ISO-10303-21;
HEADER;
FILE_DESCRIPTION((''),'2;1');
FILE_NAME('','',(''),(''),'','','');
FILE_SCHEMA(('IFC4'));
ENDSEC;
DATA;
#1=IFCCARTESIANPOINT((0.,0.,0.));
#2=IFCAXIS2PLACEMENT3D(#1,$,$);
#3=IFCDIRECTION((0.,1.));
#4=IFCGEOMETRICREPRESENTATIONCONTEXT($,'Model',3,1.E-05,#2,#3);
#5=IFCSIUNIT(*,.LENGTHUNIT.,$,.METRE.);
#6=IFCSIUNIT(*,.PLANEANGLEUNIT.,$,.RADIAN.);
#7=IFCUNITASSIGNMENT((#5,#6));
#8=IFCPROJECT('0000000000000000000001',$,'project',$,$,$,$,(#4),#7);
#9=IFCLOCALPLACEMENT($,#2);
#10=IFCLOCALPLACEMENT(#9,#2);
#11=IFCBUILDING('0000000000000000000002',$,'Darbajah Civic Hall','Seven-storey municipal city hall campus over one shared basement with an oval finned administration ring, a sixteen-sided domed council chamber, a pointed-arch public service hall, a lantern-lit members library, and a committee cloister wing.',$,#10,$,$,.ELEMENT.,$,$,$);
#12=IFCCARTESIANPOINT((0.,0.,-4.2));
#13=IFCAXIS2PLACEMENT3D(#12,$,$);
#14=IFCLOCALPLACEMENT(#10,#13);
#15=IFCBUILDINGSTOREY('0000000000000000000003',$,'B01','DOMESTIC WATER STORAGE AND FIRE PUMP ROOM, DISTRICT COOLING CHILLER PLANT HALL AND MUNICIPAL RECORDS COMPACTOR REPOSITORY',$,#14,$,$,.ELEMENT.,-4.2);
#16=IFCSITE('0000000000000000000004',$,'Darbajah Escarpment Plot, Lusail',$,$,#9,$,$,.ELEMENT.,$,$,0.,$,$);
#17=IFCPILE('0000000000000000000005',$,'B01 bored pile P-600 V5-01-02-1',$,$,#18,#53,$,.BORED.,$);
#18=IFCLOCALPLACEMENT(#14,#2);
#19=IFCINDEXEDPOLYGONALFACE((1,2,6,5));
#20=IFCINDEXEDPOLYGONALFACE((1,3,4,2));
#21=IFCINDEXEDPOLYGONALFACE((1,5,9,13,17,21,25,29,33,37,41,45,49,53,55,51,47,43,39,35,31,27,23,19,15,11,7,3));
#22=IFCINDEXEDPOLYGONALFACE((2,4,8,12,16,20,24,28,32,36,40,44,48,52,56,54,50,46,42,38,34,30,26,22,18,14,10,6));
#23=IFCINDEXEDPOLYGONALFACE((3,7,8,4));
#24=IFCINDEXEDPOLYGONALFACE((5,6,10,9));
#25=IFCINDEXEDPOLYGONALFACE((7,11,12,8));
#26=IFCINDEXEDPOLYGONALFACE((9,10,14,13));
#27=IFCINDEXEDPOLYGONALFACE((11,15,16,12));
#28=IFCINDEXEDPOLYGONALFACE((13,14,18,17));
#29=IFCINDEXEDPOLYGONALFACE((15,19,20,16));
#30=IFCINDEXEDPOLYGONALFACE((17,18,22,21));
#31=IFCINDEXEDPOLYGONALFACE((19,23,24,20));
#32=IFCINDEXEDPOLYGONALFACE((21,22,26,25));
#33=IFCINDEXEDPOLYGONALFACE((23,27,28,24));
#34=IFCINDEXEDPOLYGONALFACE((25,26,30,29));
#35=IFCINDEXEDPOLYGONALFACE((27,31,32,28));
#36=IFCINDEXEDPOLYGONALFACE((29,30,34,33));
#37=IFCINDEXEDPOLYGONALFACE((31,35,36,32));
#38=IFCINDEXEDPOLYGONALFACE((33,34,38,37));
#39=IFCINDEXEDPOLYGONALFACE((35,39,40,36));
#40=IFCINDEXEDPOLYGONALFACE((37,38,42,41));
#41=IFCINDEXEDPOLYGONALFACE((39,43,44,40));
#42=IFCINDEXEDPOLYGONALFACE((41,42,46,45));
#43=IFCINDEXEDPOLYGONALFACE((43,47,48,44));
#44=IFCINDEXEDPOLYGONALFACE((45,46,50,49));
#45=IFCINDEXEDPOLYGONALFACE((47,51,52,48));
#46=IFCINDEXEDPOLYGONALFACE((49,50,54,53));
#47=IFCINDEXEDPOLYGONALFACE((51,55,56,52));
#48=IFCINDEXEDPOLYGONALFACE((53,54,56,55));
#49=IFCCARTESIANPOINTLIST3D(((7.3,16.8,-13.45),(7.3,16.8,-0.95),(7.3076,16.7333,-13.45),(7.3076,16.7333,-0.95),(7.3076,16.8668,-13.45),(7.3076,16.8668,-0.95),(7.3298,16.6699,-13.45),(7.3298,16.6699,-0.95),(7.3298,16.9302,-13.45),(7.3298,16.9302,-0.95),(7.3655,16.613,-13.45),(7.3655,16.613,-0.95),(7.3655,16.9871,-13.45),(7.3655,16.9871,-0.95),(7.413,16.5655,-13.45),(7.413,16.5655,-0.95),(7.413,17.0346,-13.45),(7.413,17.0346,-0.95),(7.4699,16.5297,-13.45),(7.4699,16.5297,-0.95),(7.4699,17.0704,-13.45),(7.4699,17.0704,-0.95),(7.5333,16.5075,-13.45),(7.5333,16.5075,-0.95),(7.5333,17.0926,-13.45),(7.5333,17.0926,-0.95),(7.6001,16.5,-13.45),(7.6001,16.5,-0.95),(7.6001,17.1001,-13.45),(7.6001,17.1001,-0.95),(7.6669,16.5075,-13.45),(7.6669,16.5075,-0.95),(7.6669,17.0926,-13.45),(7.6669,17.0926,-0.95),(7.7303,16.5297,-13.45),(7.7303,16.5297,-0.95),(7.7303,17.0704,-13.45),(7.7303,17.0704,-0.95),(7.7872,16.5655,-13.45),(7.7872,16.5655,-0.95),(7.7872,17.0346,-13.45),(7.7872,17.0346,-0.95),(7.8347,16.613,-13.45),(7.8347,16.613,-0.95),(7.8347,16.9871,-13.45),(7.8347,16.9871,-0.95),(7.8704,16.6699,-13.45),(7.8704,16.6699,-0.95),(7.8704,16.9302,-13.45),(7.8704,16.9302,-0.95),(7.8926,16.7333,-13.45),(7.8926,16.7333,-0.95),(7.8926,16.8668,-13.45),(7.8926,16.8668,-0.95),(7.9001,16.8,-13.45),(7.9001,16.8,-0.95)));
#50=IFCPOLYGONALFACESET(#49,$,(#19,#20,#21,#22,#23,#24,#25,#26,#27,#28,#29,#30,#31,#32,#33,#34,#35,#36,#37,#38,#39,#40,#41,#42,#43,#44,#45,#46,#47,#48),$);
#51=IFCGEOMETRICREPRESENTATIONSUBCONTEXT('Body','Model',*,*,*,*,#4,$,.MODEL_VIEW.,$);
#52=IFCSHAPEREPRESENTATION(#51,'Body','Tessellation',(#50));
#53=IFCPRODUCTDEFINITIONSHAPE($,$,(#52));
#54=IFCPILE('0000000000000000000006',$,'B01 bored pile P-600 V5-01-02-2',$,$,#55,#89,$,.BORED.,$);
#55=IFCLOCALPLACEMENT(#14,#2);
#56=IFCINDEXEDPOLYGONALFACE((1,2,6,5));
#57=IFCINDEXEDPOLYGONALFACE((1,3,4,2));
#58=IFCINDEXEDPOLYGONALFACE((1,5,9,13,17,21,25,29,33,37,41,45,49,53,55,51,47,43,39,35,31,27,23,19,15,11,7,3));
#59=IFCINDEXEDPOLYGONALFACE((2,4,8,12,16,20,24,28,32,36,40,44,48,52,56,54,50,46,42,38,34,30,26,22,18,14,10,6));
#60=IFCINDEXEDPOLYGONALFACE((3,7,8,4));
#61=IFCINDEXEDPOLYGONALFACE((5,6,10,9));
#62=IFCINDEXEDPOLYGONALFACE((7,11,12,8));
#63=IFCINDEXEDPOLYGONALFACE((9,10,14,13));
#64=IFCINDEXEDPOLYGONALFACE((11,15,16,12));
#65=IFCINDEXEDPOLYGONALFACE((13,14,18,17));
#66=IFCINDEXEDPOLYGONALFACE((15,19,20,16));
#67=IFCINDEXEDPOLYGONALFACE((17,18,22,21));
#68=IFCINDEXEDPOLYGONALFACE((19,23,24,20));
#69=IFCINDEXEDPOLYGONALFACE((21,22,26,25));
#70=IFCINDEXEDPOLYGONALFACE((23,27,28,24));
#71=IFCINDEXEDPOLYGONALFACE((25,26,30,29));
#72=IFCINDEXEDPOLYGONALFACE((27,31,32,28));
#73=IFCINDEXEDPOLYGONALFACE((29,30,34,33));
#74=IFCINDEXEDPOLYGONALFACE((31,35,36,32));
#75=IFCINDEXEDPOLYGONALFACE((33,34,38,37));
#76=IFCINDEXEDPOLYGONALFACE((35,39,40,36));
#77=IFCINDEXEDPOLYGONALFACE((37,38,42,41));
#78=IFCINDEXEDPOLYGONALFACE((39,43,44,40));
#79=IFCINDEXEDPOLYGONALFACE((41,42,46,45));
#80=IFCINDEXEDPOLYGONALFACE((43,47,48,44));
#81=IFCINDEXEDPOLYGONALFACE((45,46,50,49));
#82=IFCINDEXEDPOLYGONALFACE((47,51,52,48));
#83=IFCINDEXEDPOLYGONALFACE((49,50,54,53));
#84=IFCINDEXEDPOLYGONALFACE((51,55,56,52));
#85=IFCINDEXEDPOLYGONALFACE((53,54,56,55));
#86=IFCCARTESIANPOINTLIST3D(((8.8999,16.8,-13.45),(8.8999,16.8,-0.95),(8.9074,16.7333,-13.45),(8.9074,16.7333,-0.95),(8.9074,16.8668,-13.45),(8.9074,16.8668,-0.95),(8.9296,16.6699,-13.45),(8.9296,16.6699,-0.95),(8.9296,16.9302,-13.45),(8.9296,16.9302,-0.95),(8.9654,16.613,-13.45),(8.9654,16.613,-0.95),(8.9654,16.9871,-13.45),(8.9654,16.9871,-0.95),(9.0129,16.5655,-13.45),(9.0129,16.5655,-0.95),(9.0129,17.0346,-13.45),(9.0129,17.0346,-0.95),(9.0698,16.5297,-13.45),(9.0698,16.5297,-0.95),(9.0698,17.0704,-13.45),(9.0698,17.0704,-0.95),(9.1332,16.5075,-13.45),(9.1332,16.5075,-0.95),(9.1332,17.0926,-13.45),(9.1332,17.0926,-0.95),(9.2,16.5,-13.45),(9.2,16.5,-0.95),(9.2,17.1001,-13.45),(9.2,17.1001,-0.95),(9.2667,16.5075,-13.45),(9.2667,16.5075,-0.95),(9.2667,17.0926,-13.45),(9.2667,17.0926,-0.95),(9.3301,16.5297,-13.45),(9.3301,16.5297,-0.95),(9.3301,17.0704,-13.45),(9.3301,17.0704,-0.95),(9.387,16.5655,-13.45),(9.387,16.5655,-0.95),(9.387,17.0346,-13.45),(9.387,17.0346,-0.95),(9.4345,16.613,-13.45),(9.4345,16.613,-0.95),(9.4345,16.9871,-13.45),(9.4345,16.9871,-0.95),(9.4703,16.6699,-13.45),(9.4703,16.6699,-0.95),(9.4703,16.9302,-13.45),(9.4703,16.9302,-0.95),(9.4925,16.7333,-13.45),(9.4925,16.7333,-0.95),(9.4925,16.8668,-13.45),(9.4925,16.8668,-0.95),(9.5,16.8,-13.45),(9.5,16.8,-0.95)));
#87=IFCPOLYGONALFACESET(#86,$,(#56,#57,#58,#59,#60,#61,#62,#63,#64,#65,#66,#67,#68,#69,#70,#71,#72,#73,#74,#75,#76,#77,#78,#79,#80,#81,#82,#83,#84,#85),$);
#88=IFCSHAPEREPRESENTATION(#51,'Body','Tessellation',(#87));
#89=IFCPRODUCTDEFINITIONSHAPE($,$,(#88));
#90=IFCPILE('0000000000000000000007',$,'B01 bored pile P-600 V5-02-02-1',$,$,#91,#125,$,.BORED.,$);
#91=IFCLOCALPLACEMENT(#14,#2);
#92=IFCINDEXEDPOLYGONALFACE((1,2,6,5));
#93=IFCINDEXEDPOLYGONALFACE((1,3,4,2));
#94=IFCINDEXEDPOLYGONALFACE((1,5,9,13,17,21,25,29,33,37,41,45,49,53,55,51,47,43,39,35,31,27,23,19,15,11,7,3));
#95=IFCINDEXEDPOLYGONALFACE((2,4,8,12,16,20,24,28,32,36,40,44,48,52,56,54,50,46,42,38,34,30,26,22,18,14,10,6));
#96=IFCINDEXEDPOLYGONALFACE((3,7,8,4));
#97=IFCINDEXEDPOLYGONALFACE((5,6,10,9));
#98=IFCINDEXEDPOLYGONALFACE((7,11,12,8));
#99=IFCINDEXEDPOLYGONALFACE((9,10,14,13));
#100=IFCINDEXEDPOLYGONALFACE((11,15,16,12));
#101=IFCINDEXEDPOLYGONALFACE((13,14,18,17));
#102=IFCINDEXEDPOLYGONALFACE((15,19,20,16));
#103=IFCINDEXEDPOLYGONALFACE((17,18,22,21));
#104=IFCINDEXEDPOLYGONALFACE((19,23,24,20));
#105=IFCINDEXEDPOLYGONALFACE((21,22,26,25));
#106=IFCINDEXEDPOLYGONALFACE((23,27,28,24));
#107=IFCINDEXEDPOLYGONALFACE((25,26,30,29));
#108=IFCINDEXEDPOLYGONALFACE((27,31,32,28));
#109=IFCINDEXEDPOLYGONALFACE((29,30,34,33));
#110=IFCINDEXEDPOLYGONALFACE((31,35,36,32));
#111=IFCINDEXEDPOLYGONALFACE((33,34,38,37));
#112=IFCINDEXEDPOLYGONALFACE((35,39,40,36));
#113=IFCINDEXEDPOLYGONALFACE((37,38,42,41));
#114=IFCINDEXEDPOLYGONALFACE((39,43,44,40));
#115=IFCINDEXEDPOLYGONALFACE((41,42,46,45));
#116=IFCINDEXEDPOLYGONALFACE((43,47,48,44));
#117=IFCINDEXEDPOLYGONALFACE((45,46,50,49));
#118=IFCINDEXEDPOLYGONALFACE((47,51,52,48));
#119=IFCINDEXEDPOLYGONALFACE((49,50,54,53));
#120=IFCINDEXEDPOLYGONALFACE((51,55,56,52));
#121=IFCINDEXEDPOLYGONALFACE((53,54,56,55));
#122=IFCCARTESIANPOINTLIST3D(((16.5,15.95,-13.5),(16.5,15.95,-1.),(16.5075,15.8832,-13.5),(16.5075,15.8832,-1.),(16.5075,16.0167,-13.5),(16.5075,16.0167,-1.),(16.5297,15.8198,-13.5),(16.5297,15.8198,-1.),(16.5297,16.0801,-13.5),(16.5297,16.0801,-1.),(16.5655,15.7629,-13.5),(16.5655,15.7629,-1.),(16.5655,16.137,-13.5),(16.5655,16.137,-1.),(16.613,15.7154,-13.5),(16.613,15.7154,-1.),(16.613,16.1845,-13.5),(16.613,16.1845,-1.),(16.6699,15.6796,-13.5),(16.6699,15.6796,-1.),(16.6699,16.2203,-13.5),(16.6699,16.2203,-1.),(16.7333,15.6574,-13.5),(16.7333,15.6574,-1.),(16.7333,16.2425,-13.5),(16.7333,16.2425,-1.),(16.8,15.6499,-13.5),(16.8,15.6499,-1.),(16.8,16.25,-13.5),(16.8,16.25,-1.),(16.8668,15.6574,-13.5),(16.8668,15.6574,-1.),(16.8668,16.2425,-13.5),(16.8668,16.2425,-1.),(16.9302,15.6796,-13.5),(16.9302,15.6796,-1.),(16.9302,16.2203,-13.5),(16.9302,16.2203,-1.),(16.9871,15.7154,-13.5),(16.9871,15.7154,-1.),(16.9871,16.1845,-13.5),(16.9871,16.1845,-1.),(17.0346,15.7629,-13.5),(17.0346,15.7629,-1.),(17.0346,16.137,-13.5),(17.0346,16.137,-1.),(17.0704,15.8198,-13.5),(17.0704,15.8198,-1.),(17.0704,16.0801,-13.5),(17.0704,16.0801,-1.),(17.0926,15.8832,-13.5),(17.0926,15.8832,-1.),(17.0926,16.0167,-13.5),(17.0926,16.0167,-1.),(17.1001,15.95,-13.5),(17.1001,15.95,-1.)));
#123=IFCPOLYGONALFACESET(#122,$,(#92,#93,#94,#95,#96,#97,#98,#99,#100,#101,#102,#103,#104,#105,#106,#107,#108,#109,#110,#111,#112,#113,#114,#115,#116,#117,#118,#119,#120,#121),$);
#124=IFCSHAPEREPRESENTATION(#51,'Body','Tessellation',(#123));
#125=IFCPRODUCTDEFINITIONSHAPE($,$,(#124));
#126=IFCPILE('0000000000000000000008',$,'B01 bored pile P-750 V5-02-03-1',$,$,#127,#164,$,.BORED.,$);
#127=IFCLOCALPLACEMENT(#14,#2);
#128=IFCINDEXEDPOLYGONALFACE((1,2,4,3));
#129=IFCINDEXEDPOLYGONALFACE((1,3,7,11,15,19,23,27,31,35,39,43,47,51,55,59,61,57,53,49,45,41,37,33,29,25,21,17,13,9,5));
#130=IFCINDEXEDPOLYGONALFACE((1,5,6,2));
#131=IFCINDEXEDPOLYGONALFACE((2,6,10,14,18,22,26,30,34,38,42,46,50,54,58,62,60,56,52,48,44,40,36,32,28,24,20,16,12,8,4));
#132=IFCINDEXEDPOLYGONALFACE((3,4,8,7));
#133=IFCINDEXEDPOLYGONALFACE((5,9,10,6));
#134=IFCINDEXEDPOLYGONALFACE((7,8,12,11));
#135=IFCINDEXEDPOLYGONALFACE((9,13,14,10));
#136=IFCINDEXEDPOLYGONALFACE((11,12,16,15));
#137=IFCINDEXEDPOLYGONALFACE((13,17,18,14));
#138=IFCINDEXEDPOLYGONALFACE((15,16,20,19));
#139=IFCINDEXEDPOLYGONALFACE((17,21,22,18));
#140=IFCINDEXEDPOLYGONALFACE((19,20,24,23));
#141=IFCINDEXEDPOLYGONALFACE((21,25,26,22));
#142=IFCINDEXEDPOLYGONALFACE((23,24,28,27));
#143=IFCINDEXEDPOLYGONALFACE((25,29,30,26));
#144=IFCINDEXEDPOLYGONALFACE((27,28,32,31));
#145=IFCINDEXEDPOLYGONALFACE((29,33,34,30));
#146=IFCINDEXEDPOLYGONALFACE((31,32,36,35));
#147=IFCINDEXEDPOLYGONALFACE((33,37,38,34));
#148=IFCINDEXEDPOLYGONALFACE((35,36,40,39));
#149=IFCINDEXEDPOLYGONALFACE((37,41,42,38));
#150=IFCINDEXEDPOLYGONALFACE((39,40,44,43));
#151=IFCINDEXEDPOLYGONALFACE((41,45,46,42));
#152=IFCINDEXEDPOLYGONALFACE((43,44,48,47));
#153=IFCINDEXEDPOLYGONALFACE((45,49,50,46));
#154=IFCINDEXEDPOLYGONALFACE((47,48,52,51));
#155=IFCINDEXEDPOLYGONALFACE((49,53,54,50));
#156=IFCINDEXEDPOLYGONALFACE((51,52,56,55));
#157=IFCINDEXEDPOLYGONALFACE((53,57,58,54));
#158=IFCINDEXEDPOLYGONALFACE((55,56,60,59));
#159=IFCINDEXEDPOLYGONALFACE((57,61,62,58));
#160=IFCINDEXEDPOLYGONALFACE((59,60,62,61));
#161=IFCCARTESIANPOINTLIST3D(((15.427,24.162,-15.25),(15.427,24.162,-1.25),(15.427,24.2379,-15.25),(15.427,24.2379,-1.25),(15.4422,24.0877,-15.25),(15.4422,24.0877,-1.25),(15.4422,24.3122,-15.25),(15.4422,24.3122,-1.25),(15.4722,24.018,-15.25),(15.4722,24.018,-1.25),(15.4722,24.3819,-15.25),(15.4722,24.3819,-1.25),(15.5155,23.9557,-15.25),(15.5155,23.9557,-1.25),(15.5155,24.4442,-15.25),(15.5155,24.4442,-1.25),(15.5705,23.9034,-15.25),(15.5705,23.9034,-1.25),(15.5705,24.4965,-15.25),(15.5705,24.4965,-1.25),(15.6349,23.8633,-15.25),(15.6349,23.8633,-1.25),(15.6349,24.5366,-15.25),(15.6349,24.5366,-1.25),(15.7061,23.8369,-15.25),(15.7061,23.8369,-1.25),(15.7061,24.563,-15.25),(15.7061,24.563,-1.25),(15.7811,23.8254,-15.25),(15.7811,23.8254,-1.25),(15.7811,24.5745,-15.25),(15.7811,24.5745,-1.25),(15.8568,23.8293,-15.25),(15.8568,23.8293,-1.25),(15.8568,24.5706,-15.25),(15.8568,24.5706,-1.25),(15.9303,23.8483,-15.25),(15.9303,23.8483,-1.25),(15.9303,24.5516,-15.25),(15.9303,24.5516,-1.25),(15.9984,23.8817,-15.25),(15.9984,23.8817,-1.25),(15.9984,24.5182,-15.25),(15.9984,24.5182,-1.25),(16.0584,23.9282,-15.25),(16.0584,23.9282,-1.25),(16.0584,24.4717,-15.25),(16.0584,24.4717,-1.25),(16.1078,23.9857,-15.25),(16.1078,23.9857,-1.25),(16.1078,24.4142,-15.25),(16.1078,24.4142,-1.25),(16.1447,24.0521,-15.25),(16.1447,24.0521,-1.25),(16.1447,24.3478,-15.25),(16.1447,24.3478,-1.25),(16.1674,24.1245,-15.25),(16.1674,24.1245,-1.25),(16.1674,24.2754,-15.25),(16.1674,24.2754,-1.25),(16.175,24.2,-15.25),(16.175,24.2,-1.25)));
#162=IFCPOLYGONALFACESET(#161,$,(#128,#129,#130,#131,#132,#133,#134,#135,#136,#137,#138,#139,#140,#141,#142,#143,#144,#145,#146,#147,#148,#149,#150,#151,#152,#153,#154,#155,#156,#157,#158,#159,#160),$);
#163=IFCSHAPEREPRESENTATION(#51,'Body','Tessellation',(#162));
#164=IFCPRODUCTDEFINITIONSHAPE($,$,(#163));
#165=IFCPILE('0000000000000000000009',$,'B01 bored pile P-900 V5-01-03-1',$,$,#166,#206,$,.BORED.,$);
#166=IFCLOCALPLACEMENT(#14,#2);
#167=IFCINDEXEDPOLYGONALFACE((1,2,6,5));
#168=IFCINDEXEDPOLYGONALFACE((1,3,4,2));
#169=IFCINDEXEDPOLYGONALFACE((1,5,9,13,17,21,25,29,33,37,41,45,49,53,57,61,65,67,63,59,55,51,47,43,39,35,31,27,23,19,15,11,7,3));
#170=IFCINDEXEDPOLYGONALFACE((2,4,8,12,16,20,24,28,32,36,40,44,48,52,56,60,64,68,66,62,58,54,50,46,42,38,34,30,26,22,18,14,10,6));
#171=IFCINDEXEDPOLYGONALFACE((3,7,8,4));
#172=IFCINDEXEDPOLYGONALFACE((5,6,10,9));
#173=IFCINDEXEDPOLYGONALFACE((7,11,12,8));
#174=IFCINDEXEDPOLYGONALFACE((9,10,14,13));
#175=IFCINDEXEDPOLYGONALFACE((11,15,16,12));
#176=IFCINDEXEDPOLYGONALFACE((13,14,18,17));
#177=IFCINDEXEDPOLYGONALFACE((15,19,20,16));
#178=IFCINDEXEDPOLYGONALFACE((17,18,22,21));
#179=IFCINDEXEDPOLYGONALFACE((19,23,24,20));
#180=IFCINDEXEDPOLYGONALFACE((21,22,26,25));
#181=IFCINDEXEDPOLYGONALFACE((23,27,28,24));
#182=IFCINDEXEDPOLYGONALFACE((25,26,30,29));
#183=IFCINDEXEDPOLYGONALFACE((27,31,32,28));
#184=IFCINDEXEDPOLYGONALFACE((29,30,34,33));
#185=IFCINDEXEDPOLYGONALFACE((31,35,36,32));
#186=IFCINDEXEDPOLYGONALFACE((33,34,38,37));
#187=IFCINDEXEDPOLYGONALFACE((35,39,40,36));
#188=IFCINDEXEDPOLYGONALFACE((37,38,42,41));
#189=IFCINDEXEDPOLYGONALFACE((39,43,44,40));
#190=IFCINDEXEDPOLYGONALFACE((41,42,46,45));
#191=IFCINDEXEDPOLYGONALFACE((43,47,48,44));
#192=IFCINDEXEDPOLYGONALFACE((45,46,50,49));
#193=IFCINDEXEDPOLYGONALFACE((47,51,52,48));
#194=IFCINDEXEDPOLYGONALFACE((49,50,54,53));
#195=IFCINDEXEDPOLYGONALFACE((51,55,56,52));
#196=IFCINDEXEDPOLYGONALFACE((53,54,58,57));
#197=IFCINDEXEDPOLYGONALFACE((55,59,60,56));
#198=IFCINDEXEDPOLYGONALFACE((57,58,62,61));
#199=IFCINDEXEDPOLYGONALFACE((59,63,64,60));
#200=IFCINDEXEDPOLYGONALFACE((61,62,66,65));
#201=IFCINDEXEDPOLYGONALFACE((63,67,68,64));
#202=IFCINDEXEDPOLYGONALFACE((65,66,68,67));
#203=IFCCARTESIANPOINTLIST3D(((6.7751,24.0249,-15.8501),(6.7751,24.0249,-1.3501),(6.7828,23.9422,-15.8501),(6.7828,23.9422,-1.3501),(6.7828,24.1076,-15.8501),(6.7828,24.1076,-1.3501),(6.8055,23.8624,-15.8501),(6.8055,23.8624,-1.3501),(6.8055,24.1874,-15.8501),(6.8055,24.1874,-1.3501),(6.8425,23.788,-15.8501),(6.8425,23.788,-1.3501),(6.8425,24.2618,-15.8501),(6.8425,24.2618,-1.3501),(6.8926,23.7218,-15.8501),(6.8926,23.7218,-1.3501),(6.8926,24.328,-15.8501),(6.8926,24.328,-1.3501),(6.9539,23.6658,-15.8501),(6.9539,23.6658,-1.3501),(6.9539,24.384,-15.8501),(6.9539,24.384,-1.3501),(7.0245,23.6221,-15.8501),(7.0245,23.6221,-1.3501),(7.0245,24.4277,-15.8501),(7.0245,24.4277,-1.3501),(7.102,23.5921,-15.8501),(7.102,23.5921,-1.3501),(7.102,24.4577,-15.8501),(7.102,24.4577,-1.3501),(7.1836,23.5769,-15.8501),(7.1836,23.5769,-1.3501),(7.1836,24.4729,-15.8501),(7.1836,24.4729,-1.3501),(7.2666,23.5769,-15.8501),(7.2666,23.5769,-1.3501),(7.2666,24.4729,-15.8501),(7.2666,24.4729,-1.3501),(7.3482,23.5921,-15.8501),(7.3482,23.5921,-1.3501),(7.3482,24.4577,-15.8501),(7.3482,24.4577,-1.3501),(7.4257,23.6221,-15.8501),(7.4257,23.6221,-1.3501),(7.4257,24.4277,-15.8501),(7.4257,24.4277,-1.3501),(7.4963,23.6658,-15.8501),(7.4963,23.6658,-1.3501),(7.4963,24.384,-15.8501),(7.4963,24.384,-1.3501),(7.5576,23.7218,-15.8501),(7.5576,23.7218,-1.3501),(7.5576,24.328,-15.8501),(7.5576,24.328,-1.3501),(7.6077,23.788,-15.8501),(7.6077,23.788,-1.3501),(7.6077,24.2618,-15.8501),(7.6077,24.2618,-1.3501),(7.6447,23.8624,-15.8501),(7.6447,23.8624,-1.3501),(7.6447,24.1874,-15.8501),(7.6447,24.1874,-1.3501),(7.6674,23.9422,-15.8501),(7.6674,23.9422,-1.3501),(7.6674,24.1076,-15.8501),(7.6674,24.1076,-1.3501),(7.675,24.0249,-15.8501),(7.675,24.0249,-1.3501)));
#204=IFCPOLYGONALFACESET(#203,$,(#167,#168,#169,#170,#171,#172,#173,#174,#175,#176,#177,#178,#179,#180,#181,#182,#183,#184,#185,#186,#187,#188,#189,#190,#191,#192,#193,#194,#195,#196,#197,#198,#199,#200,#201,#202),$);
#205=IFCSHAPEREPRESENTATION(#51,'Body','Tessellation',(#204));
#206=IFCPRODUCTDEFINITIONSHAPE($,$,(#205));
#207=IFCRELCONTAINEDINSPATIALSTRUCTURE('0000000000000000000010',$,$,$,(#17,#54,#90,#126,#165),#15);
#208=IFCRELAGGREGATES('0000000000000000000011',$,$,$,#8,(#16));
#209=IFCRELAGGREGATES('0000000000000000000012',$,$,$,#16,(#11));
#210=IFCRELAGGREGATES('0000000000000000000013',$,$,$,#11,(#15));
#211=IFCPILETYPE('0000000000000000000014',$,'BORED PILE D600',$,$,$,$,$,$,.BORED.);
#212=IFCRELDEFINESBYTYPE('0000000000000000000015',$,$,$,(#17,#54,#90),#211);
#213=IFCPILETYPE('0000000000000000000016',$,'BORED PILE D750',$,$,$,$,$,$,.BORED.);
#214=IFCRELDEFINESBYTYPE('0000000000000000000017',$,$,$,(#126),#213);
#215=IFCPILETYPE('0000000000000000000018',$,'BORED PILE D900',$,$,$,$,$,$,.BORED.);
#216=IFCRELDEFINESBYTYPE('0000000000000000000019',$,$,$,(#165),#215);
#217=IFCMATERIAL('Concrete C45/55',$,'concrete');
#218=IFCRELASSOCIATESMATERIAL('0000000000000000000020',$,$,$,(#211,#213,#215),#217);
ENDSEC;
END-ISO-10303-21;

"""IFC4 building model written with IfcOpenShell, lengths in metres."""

from ifc_helpers import new_model, si_unit, direction, frame, origin, origin_2d, place, context, subcontext, project, spatial, circle, extrude, material, material_profile, profile_set, type_object, element, save


model = new_model("IFC4")

# Units and contexts
model_context = context("Model", 3, precision=1e-05, world=origin(), true_north=direction((0.0, 1.0)))
body_context = subcontext(model_context, "Body", "Model", "MODEL_VIEW")
ifc_project = project(units=[si_unit("LENGTHUNIT", "METRE"), si_unit("PLANEANGLEUNIT", "RADIAN")], contexts=[model_context])

# Site, building, storey
site_placement = place(None, origin())
site = spatial("IfcSite", under=ifc_project, at=site_placement, Name="Darbajah Escarpment Plot, Lusail", CompositionType="ELEMENT", RefElevation=0.0)
building_placement = place(site_placement, origin())
building = spatial("IfcBuilding", under=site, at=building_placement, Name="Darbajah Civic Hall", Description="Seven-storey municipal city hall campus over one shared basement with an oval finned administration ring, a sixteen-sided domed council chamber, a pointed-arch public service hall, a lantern-lit members library, and a committee cloister wing.", CompositionType="ELEMENT")
storey_placement = place(building_placement, frame((0.0, 0.0, -4.2)))
storey = spatial("IfcBuildingStorey", under=building, at=storey_placement, Name="B01", Description="DOMESTIC WATER STORAGE AND FIRE PUMP ROOM, DISTRICT COOLING CHILLER PLANT HALL AND MUNICIPAL RECORDS COMPACTOR REPOSITORY", CompositionType="ELEMENT", Elevation=-4.2)

# Piles
ifc_material_1 = material(Name="Concrete C45/55", Category="concrete")
ifc_material_profile_1 = material_profile(ifc_material_1, circle(Radius=0.3, at=origin_2d()), Name="BORED PILE D600")
ifc_profile_set_1 = profile_set([ifc_material_profile_1], Name="Concrete C45/55")
pile_type_1 = type_object("IfcPileType", Name="BORED PILE D600", PredefinedType="BORED", material=ifc_profile_set_1)
for number, where, z_axis, x_axis, name in (
    (1, (7.6001, 16.8, -0.95), (0.0, 0.0, -1.0), (1.0, 0.0, 0.0), "B01 bored pile P-600 V5-01-02-1"),
    (2, (9.2, 16.8, -0.95), (0.0, 0.0, -1.0), (1.0, 0.0, 0.0), "B01 bored pile P-600 V5-01-02-2"),
    (3, (16.8, 15.95, -1.0), (0.0, 0.0, -1.0), (1.0, 0.0, 0.0), "B01 bored pile P-600 V5-02-02-1"),
):
    element("IfcPile", number, at=place(storey_placement, frame(where, z_axis=z_axis, x_axis=x_axis)), inside=storey, type_object=pile_type_1, Name=name, PredefinedType="BORED", context=body_context, shape_type="SweptSolid", body=[
        extrude(circle(Radius=0.3, at=origin_2d()), origin(), (0.0, 0.0, 1.0), 12.5),
    ])
ifc_material_profile_2 = material_profile(ifc_material_1, circle(Radius=0.375, at=origin_2d()), Name="BORED PILE D750")
ifc_profile_set_2 = profile_set([ifc_material_profile_2], Name="Concrete C45/55")
pile_type_2 = type_object("IfcPileType", Name="BORED PILE D750", PredefinedType="BORED", material=ifc_profile_set_2)
pile_placement = place(storey_placement, frame((15.8, 24.2, -1.25), z_axis=(0.0, 0.0, -1.0), x_axis=(1.0, 0.0, 0.0)))
element("IfcPile", 4, at=pile_placement, inside=storey, type_object=pile_type_2, Name="B01 bored pile P-750 V5-02-03-1", PredefinedType="BORED", context=body_context, shape_type="SweptSolid", body=[
    extrude(circle(Radius=0.375, at=origin_2d()), origin(), (0.0, 0.0, 1.0), 14.0),
])
ifc_material_profile_3 = material_profile(ifc_material_1, circle(Radius=0.45, at=origin_2d()), Name="BORED PILE D900")
ifc_profile_set_3 = profile_set([ifc_material_profile_3], Name="Concrete C45/55")
pile_type_3 = type_object("IfcPileType", Name="BORED PILE D900", PredefinedType="BORED", material=ifc_profile_set_3)
for number, where, z_axis, x_axis, name in (
    (5, (7.2251, 24.0249, -1.3501), (0.0, 0.0, -1.0), (1.0, 0.0, 0.0), "B01 bored pile P-900 V5-01-03-1"),
):
    element("IfcPile", number, at=place(storey_placement, frame(where, z_axis=z_axis, x_axis=x_axis)), inside=storey, type_object=pile_type_3, Name=name, PredefinedType="BORED", context=body_context, shape_type="SweptSolid", body=[
        extrude(circle(Radius=0.45, at=origin_2d()), origin(), (0.0, 0.0, 1.0), 14.5),
    ])

save(model, "model.ifc")
